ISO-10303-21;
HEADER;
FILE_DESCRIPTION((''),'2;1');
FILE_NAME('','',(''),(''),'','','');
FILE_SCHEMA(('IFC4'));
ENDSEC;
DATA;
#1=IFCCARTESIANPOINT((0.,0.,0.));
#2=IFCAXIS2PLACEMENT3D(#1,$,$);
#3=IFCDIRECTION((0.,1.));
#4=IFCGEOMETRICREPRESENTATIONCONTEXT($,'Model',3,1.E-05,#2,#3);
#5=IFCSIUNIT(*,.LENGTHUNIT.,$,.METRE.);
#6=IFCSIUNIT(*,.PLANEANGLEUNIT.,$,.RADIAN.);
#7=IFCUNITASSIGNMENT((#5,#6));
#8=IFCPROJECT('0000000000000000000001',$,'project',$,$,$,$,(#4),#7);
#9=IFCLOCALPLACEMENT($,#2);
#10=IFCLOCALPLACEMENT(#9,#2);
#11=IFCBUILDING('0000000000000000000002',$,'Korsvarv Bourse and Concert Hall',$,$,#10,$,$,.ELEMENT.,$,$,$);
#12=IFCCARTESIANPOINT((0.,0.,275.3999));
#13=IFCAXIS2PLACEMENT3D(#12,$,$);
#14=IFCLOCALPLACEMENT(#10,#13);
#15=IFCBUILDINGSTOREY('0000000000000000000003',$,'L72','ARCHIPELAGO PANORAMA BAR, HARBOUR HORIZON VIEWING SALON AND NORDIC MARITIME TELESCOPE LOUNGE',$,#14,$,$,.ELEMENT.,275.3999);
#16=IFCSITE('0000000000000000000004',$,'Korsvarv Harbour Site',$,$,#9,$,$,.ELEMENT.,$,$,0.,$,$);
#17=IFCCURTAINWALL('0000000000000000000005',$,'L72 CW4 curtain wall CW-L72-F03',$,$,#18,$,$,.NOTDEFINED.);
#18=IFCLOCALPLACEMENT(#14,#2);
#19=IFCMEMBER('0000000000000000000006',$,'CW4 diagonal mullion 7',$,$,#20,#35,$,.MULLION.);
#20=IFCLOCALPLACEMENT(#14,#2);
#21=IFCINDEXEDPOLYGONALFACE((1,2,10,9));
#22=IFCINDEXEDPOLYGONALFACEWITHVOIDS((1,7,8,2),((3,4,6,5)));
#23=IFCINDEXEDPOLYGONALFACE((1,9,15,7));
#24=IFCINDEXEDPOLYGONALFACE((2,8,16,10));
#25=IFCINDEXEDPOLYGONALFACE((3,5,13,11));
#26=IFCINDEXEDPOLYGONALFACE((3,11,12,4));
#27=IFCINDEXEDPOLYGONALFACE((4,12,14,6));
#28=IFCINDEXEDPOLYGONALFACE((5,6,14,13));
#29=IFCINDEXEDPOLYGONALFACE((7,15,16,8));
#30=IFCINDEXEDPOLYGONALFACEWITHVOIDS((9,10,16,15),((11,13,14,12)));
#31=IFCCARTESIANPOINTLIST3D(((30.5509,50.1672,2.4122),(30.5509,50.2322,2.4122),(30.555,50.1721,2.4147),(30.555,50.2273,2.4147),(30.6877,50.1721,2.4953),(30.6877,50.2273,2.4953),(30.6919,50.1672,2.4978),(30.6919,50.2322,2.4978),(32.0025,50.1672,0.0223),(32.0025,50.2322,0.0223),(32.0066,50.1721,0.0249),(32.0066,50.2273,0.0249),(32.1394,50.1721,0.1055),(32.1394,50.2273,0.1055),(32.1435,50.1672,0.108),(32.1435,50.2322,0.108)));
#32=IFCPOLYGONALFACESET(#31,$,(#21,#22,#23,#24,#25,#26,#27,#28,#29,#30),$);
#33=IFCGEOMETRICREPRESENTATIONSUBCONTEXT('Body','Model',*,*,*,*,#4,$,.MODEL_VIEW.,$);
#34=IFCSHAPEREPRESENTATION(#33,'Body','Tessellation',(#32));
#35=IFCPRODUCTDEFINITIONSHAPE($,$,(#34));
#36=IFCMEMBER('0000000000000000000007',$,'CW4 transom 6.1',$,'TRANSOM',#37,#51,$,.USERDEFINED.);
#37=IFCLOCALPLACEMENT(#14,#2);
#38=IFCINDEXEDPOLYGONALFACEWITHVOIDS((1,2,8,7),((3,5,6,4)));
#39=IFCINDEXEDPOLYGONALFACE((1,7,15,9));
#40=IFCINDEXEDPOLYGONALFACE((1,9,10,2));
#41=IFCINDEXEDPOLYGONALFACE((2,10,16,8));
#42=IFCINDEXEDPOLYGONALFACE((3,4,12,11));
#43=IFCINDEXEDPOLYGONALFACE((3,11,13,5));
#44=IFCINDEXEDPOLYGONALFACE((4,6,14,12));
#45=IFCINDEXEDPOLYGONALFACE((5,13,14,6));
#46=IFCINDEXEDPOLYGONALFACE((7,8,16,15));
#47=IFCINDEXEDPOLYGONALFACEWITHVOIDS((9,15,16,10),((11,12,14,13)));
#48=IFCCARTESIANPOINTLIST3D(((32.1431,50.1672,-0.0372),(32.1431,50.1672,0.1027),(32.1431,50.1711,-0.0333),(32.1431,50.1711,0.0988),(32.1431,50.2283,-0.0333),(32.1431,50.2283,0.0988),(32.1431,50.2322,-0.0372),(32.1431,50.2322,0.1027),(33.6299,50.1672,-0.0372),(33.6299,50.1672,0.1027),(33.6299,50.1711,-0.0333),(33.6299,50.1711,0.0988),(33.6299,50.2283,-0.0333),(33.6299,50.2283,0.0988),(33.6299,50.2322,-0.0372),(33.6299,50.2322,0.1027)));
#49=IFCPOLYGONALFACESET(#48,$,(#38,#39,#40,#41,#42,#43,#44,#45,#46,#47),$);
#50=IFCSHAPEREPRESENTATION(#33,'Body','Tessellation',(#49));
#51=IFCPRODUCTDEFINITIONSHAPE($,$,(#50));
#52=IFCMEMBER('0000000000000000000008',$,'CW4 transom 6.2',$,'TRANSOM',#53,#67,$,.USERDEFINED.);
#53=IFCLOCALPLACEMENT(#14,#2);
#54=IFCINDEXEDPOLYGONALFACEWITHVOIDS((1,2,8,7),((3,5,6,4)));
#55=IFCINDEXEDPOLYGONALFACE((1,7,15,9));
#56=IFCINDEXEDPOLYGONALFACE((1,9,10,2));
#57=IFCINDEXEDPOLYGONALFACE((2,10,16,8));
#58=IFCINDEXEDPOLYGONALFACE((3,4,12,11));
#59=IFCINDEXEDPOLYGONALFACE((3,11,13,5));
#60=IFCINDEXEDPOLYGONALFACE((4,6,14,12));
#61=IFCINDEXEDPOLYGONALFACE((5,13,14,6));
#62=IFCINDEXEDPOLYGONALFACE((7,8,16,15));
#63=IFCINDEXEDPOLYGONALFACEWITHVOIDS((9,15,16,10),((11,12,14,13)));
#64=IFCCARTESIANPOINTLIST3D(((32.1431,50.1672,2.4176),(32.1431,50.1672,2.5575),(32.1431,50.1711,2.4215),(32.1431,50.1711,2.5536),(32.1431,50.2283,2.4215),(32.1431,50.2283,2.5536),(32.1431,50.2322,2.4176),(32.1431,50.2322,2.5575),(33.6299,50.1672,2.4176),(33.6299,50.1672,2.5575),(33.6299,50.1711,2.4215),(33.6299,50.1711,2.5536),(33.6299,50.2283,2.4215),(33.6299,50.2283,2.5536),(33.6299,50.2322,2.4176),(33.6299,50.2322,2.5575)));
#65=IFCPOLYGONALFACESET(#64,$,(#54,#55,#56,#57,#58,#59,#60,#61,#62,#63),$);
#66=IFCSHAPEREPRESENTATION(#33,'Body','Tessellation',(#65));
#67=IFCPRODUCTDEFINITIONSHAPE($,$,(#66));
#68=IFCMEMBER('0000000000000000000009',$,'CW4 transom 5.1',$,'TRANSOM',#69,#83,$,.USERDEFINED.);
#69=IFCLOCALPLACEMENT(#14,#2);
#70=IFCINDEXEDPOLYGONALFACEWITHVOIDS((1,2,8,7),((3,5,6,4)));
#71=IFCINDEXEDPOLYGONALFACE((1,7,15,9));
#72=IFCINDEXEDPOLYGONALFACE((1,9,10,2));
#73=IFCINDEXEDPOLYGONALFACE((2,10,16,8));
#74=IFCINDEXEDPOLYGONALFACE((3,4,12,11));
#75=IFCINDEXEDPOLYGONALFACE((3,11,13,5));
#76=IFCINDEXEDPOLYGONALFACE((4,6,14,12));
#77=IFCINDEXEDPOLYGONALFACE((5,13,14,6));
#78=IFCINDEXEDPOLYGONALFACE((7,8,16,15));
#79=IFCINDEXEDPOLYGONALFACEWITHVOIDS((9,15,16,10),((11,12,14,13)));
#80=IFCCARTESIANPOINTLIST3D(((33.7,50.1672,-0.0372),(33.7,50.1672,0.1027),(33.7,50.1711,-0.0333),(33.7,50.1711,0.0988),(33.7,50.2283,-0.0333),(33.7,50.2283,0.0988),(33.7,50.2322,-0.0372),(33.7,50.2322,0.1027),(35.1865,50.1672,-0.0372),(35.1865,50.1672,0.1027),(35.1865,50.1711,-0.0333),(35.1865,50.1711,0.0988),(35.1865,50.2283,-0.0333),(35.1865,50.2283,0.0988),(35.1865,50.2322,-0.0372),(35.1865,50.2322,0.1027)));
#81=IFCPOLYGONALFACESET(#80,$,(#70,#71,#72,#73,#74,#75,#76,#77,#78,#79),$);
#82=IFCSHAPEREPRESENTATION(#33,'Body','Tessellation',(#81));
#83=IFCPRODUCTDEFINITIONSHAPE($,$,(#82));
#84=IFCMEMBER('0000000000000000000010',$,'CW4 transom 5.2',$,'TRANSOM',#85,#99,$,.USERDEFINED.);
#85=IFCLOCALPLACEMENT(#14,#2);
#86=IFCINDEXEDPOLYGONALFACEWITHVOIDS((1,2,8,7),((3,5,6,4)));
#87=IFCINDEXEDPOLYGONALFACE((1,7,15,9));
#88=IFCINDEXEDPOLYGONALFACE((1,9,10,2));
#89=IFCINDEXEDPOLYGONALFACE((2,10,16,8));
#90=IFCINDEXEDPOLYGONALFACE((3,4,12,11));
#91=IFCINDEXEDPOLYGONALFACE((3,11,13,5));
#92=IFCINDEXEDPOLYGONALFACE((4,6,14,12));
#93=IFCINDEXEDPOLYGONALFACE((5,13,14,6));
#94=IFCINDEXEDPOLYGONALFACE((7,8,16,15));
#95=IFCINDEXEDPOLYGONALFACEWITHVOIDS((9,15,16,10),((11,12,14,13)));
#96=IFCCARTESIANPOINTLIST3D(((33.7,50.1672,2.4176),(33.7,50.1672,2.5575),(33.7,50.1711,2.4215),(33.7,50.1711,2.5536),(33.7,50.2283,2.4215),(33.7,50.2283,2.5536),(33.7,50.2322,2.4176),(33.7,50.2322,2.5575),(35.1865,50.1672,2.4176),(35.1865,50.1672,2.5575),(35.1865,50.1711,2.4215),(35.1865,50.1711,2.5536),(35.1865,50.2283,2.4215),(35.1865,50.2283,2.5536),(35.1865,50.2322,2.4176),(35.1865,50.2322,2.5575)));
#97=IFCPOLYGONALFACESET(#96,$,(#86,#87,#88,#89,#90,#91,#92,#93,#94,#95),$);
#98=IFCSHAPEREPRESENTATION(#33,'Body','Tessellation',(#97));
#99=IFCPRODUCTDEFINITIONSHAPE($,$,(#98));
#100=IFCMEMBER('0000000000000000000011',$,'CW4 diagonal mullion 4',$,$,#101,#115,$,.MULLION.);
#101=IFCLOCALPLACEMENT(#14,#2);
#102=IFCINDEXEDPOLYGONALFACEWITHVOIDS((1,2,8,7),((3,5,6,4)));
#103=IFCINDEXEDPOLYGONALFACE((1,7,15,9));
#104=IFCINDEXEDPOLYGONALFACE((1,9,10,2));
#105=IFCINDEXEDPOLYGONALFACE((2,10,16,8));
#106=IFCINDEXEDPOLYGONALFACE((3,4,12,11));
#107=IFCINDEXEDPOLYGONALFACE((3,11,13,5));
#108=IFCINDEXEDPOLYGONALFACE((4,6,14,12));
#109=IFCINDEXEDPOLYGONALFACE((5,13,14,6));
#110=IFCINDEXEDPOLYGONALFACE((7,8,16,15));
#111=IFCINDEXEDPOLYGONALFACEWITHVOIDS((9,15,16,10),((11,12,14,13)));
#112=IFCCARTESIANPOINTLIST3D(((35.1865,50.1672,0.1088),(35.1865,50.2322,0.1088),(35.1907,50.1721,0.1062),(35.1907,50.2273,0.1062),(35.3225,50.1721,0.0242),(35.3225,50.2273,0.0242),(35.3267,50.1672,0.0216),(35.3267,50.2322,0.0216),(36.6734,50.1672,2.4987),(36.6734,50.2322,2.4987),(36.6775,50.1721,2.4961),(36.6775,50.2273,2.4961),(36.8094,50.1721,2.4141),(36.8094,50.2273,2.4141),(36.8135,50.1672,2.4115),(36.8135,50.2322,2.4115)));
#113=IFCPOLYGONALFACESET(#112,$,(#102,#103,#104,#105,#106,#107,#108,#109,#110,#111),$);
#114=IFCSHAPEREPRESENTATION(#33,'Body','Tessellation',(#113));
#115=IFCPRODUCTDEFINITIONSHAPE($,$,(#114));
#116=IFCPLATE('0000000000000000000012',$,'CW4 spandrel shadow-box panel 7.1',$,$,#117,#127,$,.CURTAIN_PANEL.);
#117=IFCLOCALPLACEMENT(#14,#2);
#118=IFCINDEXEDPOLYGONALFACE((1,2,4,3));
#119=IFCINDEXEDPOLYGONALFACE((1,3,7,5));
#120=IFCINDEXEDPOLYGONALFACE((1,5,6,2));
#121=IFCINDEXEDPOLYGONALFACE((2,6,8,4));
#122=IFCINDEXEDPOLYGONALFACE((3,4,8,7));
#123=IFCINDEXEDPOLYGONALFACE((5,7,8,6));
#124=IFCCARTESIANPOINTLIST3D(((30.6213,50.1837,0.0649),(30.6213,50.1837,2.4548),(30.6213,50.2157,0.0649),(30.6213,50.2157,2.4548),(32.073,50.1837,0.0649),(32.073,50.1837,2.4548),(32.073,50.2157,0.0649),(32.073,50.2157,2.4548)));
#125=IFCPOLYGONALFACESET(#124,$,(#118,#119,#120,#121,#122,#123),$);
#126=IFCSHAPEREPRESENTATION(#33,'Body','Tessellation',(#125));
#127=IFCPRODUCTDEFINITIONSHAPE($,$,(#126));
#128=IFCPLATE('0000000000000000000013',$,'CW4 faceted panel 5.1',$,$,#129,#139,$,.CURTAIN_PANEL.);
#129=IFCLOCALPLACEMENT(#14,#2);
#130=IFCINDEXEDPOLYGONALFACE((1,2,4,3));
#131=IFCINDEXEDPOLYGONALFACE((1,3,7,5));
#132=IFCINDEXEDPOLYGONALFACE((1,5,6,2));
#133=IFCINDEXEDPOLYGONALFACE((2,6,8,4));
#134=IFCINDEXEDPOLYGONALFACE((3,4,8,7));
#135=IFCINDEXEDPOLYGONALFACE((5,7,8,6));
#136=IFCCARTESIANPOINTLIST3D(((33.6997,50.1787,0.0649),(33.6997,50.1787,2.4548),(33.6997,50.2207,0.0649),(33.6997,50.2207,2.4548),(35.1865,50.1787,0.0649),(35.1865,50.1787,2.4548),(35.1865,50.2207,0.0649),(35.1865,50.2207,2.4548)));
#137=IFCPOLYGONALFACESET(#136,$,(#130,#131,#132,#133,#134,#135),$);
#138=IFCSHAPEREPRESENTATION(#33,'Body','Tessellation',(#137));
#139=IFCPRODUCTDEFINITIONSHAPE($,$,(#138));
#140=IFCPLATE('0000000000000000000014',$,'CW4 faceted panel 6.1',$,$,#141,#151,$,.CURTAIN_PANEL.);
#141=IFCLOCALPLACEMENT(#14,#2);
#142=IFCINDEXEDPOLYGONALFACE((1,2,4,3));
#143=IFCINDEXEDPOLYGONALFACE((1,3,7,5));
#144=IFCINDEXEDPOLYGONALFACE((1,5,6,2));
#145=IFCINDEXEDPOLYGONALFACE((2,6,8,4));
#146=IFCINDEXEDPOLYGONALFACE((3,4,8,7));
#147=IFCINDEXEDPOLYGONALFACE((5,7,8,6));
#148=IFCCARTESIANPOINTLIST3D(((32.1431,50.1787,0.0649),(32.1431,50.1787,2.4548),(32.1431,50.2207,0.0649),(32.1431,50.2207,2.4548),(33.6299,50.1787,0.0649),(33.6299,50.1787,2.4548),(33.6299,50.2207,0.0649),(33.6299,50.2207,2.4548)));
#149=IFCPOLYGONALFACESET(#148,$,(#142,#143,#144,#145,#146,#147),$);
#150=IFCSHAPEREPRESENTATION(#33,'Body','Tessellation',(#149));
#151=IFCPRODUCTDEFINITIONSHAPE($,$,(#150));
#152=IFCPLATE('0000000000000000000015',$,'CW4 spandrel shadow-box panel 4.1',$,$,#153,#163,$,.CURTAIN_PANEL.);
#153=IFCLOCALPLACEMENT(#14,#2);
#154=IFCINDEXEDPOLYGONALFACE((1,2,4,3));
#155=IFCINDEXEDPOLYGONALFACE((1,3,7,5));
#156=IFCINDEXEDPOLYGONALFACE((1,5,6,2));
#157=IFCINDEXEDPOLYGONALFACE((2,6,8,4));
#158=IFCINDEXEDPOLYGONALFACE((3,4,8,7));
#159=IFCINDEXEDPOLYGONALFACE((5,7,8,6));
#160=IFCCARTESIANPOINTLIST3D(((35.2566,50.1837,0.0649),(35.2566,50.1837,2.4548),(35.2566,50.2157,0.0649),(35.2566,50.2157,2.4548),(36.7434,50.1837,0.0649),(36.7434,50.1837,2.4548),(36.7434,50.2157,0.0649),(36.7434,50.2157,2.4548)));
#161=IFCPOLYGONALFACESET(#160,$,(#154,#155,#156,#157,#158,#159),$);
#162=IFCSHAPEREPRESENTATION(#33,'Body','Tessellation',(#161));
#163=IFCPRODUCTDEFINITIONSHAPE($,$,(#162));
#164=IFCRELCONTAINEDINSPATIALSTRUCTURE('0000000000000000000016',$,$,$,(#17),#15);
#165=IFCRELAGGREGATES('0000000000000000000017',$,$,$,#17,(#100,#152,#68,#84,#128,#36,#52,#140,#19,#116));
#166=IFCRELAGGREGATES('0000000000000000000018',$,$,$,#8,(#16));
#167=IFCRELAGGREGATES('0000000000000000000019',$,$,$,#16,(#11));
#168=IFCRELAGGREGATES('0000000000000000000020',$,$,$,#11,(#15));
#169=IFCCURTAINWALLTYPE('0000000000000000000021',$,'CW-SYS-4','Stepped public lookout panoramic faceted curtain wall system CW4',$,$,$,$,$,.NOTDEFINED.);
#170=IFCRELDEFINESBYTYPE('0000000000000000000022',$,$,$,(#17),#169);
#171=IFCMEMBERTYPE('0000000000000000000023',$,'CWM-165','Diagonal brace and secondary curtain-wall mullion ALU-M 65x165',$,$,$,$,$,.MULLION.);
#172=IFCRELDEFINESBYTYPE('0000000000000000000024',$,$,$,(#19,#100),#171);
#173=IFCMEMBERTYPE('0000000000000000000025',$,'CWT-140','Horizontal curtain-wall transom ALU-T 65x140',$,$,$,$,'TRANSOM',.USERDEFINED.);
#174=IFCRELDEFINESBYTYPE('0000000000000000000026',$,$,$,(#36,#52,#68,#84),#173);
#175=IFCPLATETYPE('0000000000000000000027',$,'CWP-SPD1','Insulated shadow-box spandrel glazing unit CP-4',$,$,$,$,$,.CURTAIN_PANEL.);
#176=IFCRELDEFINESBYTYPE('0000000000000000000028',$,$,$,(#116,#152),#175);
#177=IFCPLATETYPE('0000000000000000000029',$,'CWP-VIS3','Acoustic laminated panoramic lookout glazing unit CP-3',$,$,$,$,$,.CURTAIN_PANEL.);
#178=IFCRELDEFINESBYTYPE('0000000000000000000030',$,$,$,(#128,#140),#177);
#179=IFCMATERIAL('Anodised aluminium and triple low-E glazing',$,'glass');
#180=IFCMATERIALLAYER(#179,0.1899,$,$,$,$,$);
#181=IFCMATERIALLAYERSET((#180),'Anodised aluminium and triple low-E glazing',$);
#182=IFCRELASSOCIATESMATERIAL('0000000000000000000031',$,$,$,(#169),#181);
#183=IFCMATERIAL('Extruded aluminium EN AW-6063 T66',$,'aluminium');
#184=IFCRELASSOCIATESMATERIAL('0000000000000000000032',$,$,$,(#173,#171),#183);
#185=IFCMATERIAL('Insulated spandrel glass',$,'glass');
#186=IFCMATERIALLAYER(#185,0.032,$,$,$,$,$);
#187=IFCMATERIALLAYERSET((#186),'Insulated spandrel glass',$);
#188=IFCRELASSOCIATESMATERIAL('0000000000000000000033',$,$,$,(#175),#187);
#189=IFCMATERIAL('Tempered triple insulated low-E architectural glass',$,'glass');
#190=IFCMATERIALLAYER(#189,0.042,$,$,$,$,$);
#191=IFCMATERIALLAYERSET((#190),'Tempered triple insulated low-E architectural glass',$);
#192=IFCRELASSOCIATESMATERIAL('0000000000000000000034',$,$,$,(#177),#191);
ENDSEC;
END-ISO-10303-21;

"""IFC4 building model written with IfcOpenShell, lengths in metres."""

from ifc_helpers import new_model, si_unit, direction, frame, origin, origin_2d, place, context, subcontext, project, spatial, rectangle, hollow_rectangle, extrude, source, transform, mapped, material, layer, layer_set, material_profile, profile_set, type_object, element, aggregate, save


model = new_model("IFC4")

# Units and contexts
model_context = context("Model", 3, precision=1e-05, world=origin(), true_north=direction((0.0, 1.0)))
body_context = subcontext(model_context, "Body", "Model", "MODEL_VIEW")
ifc_project = project(units=[si_unit("LENGTHUNIT", "METRE"), si_unit("PLANEANGLEUNIT", "RADIAN")], contexts=[model_context])

# Site, building, storey
site_placement = place(None, origin())
site = spatial("IfcSite", under=ifc_project, at=site_placement, Name="Korsvarv Harbour Site", CompositionType="ELEMENT", RefElevation=0.0)
building_placement = place(site_placement, origin())
building = spatial("IfcBuilding", under=site, at=building_placement, Name="Korsvarv Bourse and Concert Hall", CompositionType="ELEMENT")
storey_placement = place(building_placement, frame((0.0, 0.0, 275.3999)))
storey = spatial("IfcBuildingStorey", under=building, at=storey_placement, Name="L72", Description="ARCHIPELAGO PANORAMA BAR, HARBOUR HORIZON VIEWING SALON AND NORDIC MARITIME TELESCOPE LOUNGE", CompositionType="ELEMENT", Elevation=275.3999)

# Curtain wall, members, plates
ifc_material_1 = material(Name="Anodised aluminium and triple low-E glazing", Category="glass")
ifc_layer_1 = layer(ifc_material_1, 0.1899)
ifc_layer_set_1 = layer_set([ifc_layer_1], Name="Anodised aluminium and triple low-E glazing")
curtain_wall_type = type_object("IfcCurtainWallType", Name="CW-SYS-4", Description="Stepped public lookout panoramic faceted curtain wall system CW4", PredefinedType="NOTDEFINED", material=ifc_layer_set_1)
curtain_wall_placement = place(storey_placement, origin())
curtain_wall = element("IfcCurtainWall", 1, at=curtain_wall_placement, inside=storey, type_object=curtain_wall_type, Name="L72 CW4 curtain wall CW-L72-F03", PredefinedType="NOTDEFINED")
ifc_material_2 = material(Name="Extruded aluminium EN AW-6063 T66", Category="aluminium")
ifc_material_profile_1 = material_profile(ifc_material_2, hollow_rectangle(XDim=0.0649, YDim=0.1399, WallThickness=0.0039, at=origin_2d()), Name="ALU-T 65x140")
ifc_profile_set_1 = profile_set([ifc_material_profile_1], Name="Extruded aluminium EN AW-6063 T66")
member_type_1 = type_object("IfcMemberType", Name="CWT-140", Description="Horizontal curtain-wall transom ALU-T 65x140", ElementType="TRANSOM", PredefinedType="USERDEFINED", material=ifc_profile_set_1)
ifc_material_profile_2 = material_profile(ifc_material_2, hollow_rectangle(XDim=0.0649, YDim=0.165, WallThickness=0.0049, at=origin_2d()), Name="ALU-M 65x165")
ifc_profile_set_2 = profile_set([ifc_material_profile_2], Name="Extruded aluminium EN AW-6063 T66")
member_type_2 = type_object("IfcMemberType", Name="CWM-165", Description="Diagonal brace and secondary curtain-wall mullion ALU-M 65x165", PredefinedType="MULLION", material=ifc_profile_set_2)
shared_shape_1 = source(origin(), body_context, "Body", "SweptSolid", [
    extrude(hollow_rectangle(XDim=0.0649, YDim=0.165, WallThickness=0.0049, at=origin_2d()), origin(), (0.0, 0.0, 1.0), 2.7961),
])
member_1_placement = place(storey_placement, frame((32.073, 50.1997, 0.0652), z_axis=(-0.519149, 0.0, 0.854684), x_axis=(0.0, -1.0, 0.0)))
member_1 = element("IfcMember", 2, at=member_1_placement, type_object=member_type_2, Name="CW4 diagonal mullion 7", PredefinedType="MULLION", context=body_context, shape_type="MappedRepresentation", body=[
    mapped(shared_shape_1, transform((0.0, 0.0, 0.0), scale=1.0)),
])
shared_shape_2 = source(origin(), body_context, "Body", "SweptSolid", [
    extrude(hollow_rectangle(XDim=0.0649, YDim=0.1399, WallThickness=0.0039, at=origin_2d()), origin(), (0.0, 0.0, 1.0), 1.4868),
])
member_2_placement = place(storey_placement, frame((33.6299, 50.1997, 0.0327), z_axis=(-1.0, 0.0, 0.0), x_axis=(0.0, -1.0, 0.0)))
member_2 = element("IfcMember", 3, at=member_2_placement, type_object=member_type_1, Name="CW4 transom 6.1", ObjectType="TRANSOM", PredefinedType="USERDEFINED", context=body_context, shape_type="MappedRepresentation", body=[
    mapped(shared_shape_2, transform((0.0, 0.0, 0.0), scale=1.0)),
])
member_3_placement = place(storey_placement, frame((33.6299, 50.1997, 2.4875), z_axis=(-1.0, 0.0, 0.0), x_axis=(0.0, -1.0, 0.0)))
member_3 = element("IfcMember", 4, at=member_3_placement, type_object=member_type_1, Name="CW4 transom 6.2", ObjectType="TRANSOM", PredefinedType="USERDEFINED", context=body_context, shape_type="MappedRepresentation", body=[
    mapped(shared_shape_2, transform((0.0, 0.0, 0.0), scale=1.0)),
])
shared_shape_3 = source(origin(), body_context, "Body", "SweptSolid", [
    extrude(hollow_rectangle(XDim=0.0649, YDim=0.1399, WallThickness=0.0039, at=origin_2d()), origin(), (0.0, 0.0, 1.0), 1.4866),
])
member_4_placement = place(storey_placement, frame((35.1865, 50.1997, 0.0327), z_axis=(-1.0, 0.0, 0.0), x_axis=(0.0, -1.0, 0.0)))
member_4 = element("IfcMember", 5, at=member_4_placement, type_object=member_type_1, Name="CW4 transom 5.1", ObjectType="TRANSOM", PredefinedType="USERDEFINED", context=body_context, shape_type="MappedRepresentation", body=[
    mapped(shared_shape_3, transform((0.0, 0.0, 0.0), scale=1.0)),
])
member_5_placement = place(storey_placement, frame((35.1865, 50.1997, 2.4875), z_axis=(-1.0, 0.0, 0.0), x_axis=(0.0, -1.0, 0.0)))
member_5 = element("IfcMember", 6, at=member_5_placement, type_object=member_type_1, Name="CW4 transom 5.2", ObjectType="TRANSOM", PredefinedType="USERDEFINED", context=body_context, shape_type="MappedRepresentation", body=[
    mapped(shared_shape_3, transform((0.0, 0.0, 0.0), scale=1.0)),
])
shared_shape_4 = source(origin(), body_context, "Body", "SweptSolid", [
    extrude(hollow_rectangle(XDim=0.0649, YDim=0.165, WallThickness=0.0049, at=origin_2d()), origin(), (0.0, 0.0, 1.0), 2.8147),
])
member_6_placement = place(storey_placement, frame((35.2566, 50.1997, 0.0652), z_axis=(0.528244, 0.0, 0.849093), x_axis=(0.0, 1.0, 0.0)))
member_6 = element("IfcMember", 7, at=member_6_placement, type_object=member_type_2, Name="CW4 diagonal mullion 4", PredefinedType="MULLION", context=body_context, shape_type="MappedRepresentation", body=[
    mapped(shared_shape_4, transform((0.0, 0.0, 0.0), scale=1.0)),
])
ifc_material_3 = material(Name="Insulated spandrel glass", Category="glass")
ifc_layer_2 = layer(ifc_material_3, 0.032)
ifc_layer_set_2 = layer_set([ifc_layer_2], Name="Insulated spandrel glass")
plate_type_1 = type_object("IfcPlateType", Name="CWP-SPD1", Description="Insulated shadow-box spandrel glazing unit CP-4", PredefinedType="CURTAIN_PANEL", material=ifc_layer_set_2)
shared_shape_5 = source(origin(), body_context, "Body", "SweptSolid", [
    extrude(rectangle(XDim=1.4517, YDim=0.032, at=origin_2d()), origin(), (0.0, 0.0, 1.0), 2.3899),
])
plate_1_placement = place(storey_placement, frame((31.3472, 50.1997, 0.0649), z_axis=(0.0, 0.0, 1.0), x_axis=(-1.0, 0.0, 0.0)))
plate_1 = element("IfcPlate", 8, at=plate_1_placement, type_object=plate_type_1, Name="CW4 spandrel shadow-box panel 7.1", PredefinedType="CURTAIN_PANEL", context=body_context, shape_type="MappedRepresentation", body=[
    mapped(shared_shape_5, transform((0.0, 0.0, 0.0), scale=1.0)),
])
ifc_material_4 = material(Name="Tempered triple insulated low-E architectural glass", Category="glass")
ifc_layer_3 = layer(ifc_material_4, 0.042)
ifc_layer_set_3 = layer_set([ifc_layer_3], Name="Tempered triple insulated low-E architectural glass")
plate_type_2 = type_object("IfcPlateType", Name="CWP-VIS3", Description="Acoustic laminated panoramic lookout glazing unit CP-3", PredefinedType="CURTAIN_PANEL", material=ifc_layer_set_3)
shared_shape_6 = source(origin(), body_context, "Body", "SweptSolid", [
    extrude(rectangle(XDim=1.4868, YDim=0.042, at=origin_2d()), origin(), (0.0, 0.0, 1.0), 2.3899),
])
plate_2_placement = place(storey_placement, frame((34.4431, 50.1997, 0.0649), z_axis=(0.0, 0.0, 1.0), x_axis=(-1.0, 0.0, 0.0)))
plate_2 = element("IfcPlate", 9, at=plate_2_placement, type_object=plate_type_2, Name="CW4 faceted panel 5.1", PredefinedType="CURTAIN_PANEL", context=body_context, shape_type="MappedRepresentation", body=[
    mapped(shared_shape_6, transform((0.0, 0.0, 0.0), scale=1.0)),
])
plate_3_placement = place(storey_placement, frame((32.8865, 50.1997, 0.0649), z_axis=(0.0, 0.0, 1.0), x_axis=(-1.0, 0.0, 0.0)))
plate_3 = element("IfcPlate", 10, at=plate_3_placement, type_object=plate_type_2, Name="CW4 faceted panel 6.1", PredefinedType="CURTAIN_PANEL", context=body_context, shape_type="MappedRepresentation", body=[
    mapped(shared_shape_6, transform((0.0, 0.0, 0.0), scale=1.0)),
])
shared_shape_7 = source(origin(), body_context, "Body", "SweptSolid", [
    extrude(rectangle(XDim=1.4868, YDim=0.032, at=origin_2d()), origin(), (0.0, 0.0, 1.0), 2.3899),
])
plate_4_placement = place(storey_placement, frame((36.0, 50.1997, 0.0649), z_axis=(0.0, 0.0, 1.0), x_axis=(-1.0, 0.0, 0.0)))
plate_4 = element("IfcPlate", 11, at=plate_4_placement, type_object=plate_type_1, Name="CW4 spandrel shadow-box panel 4.1", PredefinedType="CURTAIN_PANEL", context=body_context, shape_type="MappedRepresentation", body=[
    mapped(shared_shape_7, transform((0.0, 0.0, 0.0), scale=1.0)),
])
aggregate(curtain_wall, [member_6, plate_4, member_4, member_5, plate_2, member_2, member_3, plate_3, member_1, plate_1])

save(model, "model.ifc")
